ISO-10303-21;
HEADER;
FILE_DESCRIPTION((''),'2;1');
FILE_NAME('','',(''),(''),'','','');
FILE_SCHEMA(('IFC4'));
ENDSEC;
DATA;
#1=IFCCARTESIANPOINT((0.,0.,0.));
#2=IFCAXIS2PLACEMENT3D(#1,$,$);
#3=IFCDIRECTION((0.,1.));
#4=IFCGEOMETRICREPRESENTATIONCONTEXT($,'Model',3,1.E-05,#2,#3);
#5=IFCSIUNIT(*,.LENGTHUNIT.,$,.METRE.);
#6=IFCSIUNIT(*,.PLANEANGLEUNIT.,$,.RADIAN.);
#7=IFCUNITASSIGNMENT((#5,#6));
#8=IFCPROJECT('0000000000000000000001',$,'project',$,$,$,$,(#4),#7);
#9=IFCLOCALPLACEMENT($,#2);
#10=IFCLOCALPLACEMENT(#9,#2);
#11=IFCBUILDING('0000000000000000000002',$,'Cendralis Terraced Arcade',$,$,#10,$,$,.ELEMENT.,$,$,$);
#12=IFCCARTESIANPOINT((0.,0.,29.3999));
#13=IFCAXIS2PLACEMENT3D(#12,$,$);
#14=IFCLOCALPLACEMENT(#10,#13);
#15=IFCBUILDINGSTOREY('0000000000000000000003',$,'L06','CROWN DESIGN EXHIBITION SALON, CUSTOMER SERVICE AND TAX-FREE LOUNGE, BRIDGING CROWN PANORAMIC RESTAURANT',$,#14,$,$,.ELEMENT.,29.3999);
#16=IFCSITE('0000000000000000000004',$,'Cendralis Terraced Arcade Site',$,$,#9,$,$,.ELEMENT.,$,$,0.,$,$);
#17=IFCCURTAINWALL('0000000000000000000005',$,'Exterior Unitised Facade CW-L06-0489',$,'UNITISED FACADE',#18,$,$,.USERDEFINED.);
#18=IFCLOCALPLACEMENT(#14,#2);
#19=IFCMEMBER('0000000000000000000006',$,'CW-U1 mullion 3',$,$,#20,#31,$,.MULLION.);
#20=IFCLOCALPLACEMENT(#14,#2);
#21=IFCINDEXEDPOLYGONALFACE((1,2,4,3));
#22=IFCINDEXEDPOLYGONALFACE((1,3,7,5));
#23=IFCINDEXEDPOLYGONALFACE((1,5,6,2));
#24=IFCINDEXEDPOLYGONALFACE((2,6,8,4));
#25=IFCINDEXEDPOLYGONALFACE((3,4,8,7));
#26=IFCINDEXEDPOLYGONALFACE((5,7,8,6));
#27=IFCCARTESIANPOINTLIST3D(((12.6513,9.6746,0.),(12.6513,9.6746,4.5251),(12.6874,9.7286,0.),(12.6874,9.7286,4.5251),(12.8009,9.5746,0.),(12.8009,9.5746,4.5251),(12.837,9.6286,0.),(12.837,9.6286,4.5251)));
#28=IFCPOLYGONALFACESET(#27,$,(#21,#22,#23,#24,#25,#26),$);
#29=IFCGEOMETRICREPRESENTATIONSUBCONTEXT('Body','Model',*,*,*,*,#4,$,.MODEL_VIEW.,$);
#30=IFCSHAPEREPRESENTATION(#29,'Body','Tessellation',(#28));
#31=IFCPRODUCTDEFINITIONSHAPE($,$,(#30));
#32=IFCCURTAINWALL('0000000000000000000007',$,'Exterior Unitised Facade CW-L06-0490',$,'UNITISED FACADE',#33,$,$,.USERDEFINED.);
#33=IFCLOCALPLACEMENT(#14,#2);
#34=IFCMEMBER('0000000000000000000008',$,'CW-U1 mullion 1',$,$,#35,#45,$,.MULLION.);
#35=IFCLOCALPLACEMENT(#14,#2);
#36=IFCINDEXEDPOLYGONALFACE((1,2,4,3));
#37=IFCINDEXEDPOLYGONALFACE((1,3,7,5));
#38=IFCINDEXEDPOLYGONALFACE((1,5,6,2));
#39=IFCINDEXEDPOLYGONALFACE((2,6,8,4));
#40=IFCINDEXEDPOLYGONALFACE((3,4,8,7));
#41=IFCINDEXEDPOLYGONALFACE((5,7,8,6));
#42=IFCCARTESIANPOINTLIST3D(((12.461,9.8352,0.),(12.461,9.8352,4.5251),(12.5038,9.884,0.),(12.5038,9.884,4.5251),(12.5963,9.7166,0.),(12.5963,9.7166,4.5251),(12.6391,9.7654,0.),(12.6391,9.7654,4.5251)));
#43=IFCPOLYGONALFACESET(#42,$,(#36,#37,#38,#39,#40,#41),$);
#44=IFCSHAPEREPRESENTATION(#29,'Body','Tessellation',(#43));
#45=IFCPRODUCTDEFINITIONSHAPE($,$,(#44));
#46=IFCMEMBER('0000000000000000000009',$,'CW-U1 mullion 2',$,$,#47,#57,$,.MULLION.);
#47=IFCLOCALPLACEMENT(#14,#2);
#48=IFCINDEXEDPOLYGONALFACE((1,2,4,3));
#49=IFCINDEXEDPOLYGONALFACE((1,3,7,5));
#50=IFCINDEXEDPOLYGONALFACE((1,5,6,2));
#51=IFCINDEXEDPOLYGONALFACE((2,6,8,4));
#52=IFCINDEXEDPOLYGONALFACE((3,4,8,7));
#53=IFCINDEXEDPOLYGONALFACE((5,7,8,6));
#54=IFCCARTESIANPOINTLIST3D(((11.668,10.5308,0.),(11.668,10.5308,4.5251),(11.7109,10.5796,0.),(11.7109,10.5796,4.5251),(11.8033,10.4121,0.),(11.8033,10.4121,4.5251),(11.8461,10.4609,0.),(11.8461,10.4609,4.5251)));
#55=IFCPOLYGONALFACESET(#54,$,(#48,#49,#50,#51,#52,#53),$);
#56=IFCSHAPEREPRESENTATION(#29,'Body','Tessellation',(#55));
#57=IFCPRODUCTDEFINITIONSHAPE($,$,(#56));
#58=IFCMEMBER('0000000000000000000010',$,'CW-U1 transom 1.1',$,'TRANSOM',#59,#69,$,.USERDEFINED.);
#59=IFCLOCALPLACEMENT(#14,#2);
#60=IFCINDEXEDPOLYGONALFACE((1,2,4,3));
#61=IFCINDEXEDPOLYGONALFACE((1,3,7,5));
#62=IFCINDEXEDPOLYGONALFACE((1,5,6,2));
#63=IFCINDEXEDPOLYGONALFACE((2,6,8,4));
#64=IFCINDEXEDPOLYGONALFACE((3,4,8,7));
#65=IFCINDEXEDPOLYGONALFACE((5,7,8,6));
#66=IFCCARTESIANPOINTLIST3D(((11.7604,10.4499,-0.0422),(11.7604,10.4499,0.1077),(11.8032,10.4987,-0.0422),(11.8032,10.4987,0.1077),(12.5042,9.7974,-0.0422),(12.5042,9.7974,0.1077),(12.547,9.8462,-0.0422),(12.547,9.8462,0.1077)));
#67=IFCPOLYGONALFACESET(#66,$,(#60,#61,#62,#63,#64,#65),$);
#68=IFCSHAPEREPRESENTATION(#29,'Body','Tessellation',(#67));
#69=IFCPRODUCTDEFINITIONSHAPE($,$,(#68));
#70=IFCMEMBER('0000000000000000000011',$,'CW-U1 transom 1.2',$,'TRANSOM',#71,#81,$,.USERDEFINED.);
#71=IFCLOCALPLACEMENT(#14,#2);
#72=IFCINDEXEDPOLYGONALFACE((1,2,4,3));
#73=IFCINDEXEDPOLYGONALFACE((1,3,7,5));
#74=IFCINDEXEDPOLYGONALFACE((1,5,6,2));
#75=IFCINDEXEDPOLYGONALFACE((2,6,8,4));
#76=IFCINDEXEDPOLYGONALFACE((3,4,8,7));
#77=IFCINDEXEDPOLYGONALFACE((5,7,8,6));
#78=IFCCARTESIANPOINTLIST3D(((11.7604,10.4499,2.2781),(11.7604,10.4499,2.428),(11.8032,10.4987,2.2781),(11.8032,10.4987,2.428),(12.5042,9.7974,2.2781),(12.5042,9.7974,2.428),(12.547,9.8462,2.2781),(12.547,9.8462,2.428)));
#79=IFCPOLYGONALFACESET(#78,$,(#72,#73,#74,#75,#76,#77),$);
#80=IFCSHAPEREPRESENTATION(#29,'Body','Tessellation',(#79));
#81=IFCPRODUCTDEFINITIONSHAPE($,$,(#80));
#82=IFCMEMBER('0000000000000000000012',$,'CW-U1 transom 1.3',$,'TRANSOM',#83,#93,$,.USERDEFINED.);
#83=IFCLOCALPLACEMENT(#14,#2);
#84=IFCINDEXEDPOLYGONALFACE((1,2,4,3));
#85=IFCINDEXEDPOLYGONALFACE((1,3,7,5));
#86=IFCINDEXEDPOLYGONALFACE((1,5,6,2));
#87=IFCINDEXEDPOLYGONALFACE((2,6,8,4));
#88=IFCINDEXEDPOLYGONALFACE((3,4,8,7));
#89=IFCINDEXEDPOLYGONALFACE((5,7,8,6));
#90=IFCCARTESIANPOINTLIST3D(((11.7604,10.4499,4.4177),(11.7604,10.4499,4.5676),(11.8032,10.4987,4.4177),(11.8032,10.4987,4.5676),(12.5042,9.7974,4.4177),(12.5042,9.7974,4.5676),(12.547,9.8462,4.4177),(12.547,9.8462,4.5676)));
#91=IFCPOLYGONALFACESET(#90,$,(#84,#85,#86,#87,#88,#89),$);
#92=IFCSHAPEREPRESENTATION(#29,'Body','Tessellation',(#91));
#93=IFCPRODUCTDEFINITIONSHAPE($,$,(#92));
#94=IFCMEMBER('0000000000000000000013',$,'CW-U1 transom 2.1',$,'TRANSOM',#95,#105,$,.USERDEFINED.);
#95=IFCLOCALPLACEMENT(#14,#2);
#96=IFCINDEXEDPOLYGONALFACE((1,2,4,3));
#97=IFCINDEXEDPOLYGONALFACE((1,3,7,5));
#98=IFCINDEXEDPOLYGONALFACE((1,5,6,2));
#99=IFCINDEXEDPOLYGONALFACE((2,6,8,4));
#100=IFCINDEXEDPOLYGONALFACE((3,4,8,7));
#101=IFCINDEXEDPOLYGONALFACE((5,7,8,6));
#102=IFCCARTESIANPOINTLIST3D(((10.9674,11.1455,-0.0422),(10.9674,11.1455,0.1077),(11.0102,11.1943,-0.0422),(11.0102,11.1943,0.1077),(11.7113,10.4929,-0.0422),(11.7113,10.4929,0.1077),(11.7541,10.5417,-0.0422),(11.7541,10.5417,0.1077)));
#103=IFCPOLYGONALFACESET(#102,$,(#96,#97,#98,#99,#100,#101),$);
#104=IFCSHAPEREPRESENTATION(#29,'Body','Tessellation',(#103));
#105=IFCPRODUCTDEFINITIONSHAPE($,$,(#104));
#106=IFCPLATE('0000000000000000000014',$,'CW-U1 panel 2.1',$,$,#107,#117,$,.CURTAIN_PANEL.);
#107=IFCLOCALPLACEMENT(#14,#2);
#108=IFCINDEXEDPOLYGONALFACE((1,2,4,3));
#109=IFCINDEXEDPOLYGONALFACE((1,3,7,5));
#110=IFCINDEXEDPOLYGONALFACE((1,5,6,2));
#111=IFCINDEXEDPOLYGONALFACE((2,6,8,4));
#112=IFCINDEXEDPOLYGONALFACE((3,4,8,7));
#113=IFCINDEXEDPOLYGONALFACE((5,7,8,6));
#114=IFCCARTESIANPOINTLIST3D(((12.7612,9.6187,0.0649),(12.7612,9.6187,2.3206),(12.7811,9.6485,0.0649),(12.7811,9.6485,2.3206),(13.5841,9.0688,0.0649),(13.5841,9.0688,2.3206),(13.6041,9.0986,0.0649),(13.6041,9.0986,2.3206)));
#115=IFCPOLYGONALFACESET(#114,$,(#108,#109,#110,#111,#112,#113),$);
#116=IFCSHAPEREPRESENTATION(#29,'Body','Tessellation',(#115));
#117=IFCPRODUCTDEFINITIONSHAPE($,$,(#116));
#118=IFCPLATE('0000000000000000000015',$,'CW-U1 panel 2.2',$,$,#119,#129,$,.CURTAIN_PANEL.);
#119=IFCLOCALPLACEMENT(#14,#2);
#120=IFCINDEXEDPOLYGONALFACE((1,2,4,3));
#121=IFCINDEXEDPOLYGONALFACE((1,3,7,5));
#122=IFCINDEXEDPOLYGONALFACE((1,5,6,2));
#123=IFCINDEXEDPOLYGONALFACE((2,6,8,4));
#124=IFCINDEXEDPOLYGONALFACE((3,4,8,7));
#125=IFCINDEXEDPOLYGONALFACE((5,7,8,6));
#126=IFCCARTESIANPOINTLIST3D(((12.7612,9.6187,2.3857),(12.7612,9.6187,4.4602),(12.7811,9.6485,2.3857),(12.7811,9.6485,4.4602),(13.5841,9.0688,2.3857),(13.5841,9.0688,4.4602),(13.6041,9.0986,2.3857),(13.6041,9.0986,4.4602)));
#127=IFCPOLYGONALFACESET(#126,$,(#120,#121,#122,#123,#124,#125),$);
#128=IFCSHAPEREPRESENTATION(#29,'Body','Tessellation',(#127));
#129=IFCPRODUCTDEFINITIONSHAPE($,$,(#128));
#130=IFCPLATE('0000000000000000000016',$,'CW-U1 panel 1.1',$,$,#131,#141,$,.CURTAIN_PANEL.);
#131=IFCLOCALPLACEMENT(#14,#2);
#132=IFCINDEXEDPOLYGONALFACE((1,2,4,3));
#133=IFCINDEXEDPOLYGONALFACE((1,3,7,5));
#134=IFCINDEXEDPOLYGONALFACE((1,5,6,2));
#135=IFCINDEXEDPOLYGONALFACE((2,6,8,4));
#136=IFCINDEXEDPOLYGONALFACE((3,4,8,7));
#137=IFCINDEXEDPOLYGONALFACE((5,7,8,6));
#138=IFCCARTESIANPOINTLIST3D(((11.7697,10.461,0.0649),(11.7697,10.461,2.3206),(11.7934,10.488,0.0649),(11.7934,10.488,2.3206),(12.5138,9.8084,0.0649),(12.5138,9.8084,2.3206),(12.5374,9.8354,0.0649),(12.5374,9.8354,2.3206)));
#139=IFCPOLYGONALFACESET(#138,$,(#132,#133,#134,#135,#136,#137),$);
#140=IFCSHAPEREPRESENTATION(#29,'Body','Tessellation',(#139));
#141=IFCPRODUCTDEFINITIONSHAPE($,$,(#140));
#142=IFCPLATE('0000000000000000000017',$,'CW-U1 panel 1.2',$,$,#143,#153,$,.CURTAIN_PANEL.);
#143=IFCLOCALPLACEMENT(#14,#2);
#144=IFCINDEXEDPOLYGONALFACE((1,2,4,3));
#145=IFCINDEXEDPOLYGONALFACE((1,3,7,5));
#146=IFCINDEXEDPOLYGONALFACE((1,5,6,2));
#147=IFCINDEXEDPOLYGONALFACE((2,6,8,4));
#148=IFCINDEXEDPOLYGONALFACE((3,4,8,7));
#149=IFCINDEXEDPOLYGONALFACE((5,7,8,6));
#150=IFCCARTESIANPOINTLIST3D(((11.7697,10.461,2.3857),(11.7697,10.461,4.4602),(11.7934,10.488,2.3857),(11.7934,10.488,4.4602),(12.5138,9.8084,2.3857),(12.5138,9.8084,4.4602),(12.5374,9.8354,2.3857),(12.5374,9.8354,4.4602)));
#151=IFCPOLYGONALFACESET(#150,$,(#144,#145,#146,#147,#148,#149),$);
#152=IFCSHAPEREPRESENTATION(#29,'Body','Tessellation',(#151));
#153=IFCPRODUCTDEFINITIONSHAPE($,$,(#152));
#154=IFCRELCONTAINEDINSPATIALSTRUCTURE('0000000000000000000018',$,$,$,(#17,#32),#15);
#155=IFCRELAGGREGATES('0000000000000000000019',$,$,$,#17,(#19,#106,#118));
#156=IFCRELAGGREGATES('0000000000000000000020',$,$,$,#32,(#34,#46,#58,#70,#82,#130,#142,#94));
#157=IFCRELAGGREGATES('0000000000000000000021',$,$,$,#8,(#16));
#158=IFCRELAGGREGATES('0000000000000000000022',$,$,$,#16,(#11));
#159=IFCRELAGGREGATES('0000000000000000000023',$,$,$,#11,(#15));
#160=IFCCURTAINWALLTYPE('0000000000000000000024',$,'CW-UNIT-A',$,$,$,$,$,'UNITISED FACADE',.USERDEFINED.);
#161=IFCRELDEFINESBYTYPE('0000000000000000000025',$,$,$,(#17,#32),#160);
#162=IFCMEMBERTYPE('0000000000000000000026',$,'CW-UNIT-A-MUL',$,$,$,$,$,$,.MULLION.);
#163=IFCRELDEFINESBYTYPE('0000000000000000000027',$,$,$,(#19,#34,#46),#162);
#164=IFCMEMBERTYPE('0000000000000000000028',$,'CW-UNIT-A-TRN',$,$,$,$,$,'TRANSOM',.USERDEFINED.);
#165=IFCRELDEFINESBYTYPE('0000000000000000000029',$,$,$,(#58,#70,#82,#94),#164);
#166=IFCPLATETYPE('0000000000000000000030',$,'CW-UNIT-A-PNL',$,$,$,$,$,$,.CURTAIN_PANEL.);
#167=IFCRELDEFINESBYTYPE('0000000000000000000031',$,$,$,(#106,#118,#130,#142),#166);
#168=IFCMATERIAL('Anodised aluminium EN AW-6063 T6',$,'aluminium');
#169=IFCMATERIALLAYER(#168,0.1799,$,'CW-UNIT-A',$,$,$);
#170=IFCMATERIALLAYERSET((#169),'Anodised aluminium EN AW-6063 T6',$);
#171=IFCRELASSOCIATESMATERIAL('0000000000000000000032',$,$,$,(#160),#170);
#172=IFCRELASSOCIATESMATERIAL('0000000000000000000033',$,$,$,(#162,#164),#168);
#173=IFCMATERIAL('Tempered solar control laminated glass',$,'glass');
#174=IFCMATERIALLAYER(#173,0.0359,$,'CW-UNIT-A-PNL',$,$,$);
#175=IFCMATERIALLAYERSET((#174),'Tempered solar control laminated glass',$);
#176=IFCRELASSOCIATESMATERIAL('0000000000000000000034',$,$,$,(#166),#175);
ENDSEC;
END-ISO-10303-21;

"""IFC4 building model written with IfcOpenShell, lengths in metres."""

from ifc_helpers import new_model, si_unit, direction, frame, origin, origin_2d, place, context, subcontext, project, spatial, rectangle, extrude, material, layer, layer_set, material_profile, profile_set, type_object, element, aggregate, save


model = new_model("IFC4")

# Units and contexts
model_context = context("Model", 3, precision=1e-05, world=origin(), true_north=direction((0.0, 1.0)))
body_context = subcontext(model_context, "Body", "Model", "MODEL_VIEW")
ifc_project = project(units=[si_unit("LENGTHUNIT", "METRE"), si_unit("PLANEANGLEUNIT", "RADIAN")], contexts=[model_context])

# Site, building, storey
site_placement = place(None, origin())
site = spatial("IfcSite", under=ifc_project, at=site_placement, Name="Cendralis Terraced Arcade Site", CompositionType="ELEMENT", RefElevation=0.0)
building_placement = place(site_placement, origin())
building = spatial("IfcBuilding", under=site, at=building_placement, Name="Cendralis Terraced Arcade", CompositionType="ELEMENT")
storey_placement = place(building_placement, frame((0.0, 0.0, 29.3999)))
storey = spatial("IfcBuildingStorey", under=building, at=storey_placement, Name="L06", Description="CROWN DESIGN EXHIBITION SALON, CUSTOMER SERVICE AND TAX-FREE LOUNGE, BRIDGING CROWN PANORAMIC RESTAURANT", CompositionType="ELEMENT", Elevation=29.3999)

# Curtain wall, member
ifc_material_1 = material(Name="Anodised aluminium EN AW-6063 T6", Category="aluminium")
ifc_layer_1 = layer(ifc_material_1, 0.1799, Name="CW-UNIT-A")
ifc_layer_set_1 = layer_set([ifc_layer_1], Name="Anodised aluminium EN AW-6063 T6")
curtain_wall_type = type_object("IfcCurtainWallType", Name="CW-UNIT-A", ElementType="UNITISED FACADE", PredefinedType="USERDEFINED", material=ifc_layer_set_1)
curtain_wall_1_placement = place(storey_placement, origin())
curtain_wall_1 = element("IfcCurtainWall", 1, at=curtain_wall_1_placement, inside=storey, type_object=curtain_wall_type, Name="Exterior Unitised Facade CW-L06-0489", ObjectType="UNITISED FACADE", PredefinedType="USERDEFINED")
ifc_material_profile_1 = material_profile(ifc_material_1, rectangle(XDim=0.0649, YDim=0.1799, at=origin_2d()), Name="ALU-MUL-65x180")
ifc_profile_set_1 = profile_set([ifc_material_profile_1], Name="Anodised aluminium EN AW-6063 T6")
member_type_1 = type_object("IfcMemberType", Name="CW-UNIT-A-MUL", PredefinedType="MULLION", material=ifc_profile_set_1)
member_1_placement = place(storey_placement, frame((12.7441, 9.6516, 0.0), z_axis=(0.0, 0.0, 1.0), x_axis=(-0.555559, -0.831477, 0.0)))
member_1 = element("IfcMember", 2, at=member_1_placement, type_object=member_type_1, Name="CW-U1 mullion 3", PredefinedType="MULLION", context=body_context, shape_type="SweptSolid", body=[
    extrude(rectangle(XDim=0.0649, YDim=0.1799, at=origin_2d()), origin(), (0.0, 0.0, 1.0), 4.5251),
])

# Curtain wall, members
curtain_wall_2_placement = place(storey_placement, origin())
curtain_wall_2 = element("IfcCurtainWall", 3, at=curtain_wall_2_placement, inside=storey, type_object=curtain_wall_type, Name="Exterior Unitised Facade CW-L06-0490", ObjectType="UNITISED FACADE", PredefinedType="USERDEFINED")
member_2_placement = place(storey_placement, frame((12.55, 9.8003, 0.0), z_axis=(0.0, 0.0, 1.0), x_axis=(-0.659403, -0.75179, 0.0)))
member_2 = element("IfcMember", 4, at=member_2_placement, type_object=member_type_1, Name="CW-U1 mullion 1", PredefinedType="MULLION", context=body_context, shape_type="SweptSolid", body=[
    extrude(rectangle(XDim=0.0649, YDim=0.1799, at=origin_2d()), origin(), (0.0, 0.0, 1.0), 4.5251),
])
member_3_placement = place(storey_placement, frame((11.7571, 10.4958, 0.0), z_axis=(0.0, 0.0, 1.0), x_axis=(-0.659403, -0.75179, 0.0)))
member_3 = element("IfcMember", 5, at=member_3_placement, type_object=member_type_1, Name="CW-U1 mullion 2", PredefinedType="MULLION", context=body_context, shape_type="SweptSolid", body=[
    extrude(rectangle(XDim=0.0649, YDim=0.1799, at=origin_2d()), origin(), (0.0, 0.0, 1.0), 4.5251),
])
ifc_material_profile_2 = material_profile(ifc_material_1, rectangle(XDim=0.0649, YDim=0.1499, at=origin_2d()), Name="ALU-TRN-65x150")
ifc_profile_set_2 = profile_set([ifc_material_profile_2], Name="Anodised aluminium EN AW-6063 T6")
member_type_2 = type_object("IfcMemberType", Name="CW-UNIT-A-TRN", ElementType="TRANSOM", PredefinedType="USERDEFINED", material=ifc_profile_set_2)
member_4_placement = place(storey_placement, frame((12.5256, 9.8218, 0.0327), z_axis=(-0.751736, 0.659465, 0.0), x_axis=(-0.659465, -0.751736, 0.0)))
member_4 = element("IfcMember", 6, at=member_4_placement, type_object=member_type_2, Name="CW-U1 transom 1.1", ObjectType="TRANSOM", PredefinedType="USERDEFINED", context=body_context, shape_type="SweptSolid", body=[
    extrude(rectangle(XDim=0.0649, YDim=0.1499, at=origin_2d()), origin(), (0.0, 0.0, 1.0), 0.9895),
])
member_5_placement = place(storey_placement, frame((12.5256, 9.8218, 2.353), z_axis=(-0.751736, 0.659465, 0.0), x_axis=(-0.659465, -0.751736, 0.0)))
member_5 = element("IfcMember", 7, at=member_5_placement, type_object=member_type_2, Name="CW-U1 transom 1.2", ObjectType="TRANSOM", PredefinedType="USERDEFINED", context=body_context, shape_type="SweptSolid", body=[
    extrude(rectangle(XDim=0.0649, YDim=0.1499, at=origin_2d()), origin(), (0.0, 0.0, 1.0), 0.9895),
])
member_6_placement = place(storey_placement, frame((12.5256, 9.8218, 4.4927), z_axis=(-0.751736, 0.659465, 0.0), x_axis=(-0.659465, -0.751736, 0.0)))
member_6 = element("IfcMember", 8, at=member_6_placement, type_object=member_type_2, Name="CW-U1 transom 1.3", ObjectType="TRANSOM", PredefinedType="USERDEFINED", context=body_context, shape_type="SweptSolid", body=[
    extrude(rectangle(XDim=0.0649, YDim=0.1499, at=origin_2d()), origin(), (0.0, 0.0, 1.0), 0.9895),
])
member_7_placement = place(storey_placement, frame((11.7327, 10.5173, 0.0327), z_axis=(-0.751736, 0.659465, 0.0), x_axis=(-0.659465, -0.751736, 0.0)))
member_7 = element("IfcMember", 9, at=member_7_placement, type_object=member_type_2, Name="CW-U1 transom 2.1", ObjectType="TRANSOM", PredefinedType="USERDEFINED", context=body_context, shape_type="SweptSolid", body=[
    extrude(rectangle(XDim=0.0649, YDim=0.1499, at=origin_2d()), origin(), (0.0, 0.0, 1.0), 0.9895),
])

# Plates
ifc_material_2 = material(Name="Tempered solar control laminated glass", Category="glass")
ifc_layer_2 = layer(ifc_material_2, 0.0359, Name="CW-UNIT-A-PNL")
ifc_layer_set_2 = layer_set([ifc_layer_2], Name="Tempered solar control laminated glass")
plate_type = type_object("IfcPlateType", Name="CW-UNIT-A-PNL", PredefinedType="CURTAIN_PANEL", material=ifc_layer_set_2)
plate_1_placement = place(storey_placement, frame((13.1826, 9.3586, 0.0649), z_axis=(0.0, 0.0, 1.0), x_axis=(-0.831477, 0.555559, 0.0)))
plate_1 = element("IfcPlate", 10, at=plate_1_placement, type_object=plate_type, Name="CW-U1 panel 2.1", PredefinedType="CURTAIN_PANEL", context=body_context, shape_type="SweptSolid", body=[
    extrude(rectangle(XDim=0.9897, YDim=0.0359, at=origin_2d()), origin(), (0.0, 0.0, 1.0), 2.2556),
])
plate_2_placement = place(storey_placement, frame((13.1826, 9.3586, 2.3857), z_axis=(0.0, 0.0, 1.0), x_axis=(-0.831477, 0.555559, 0.0)))
plate_2 = element("IfcPlate", 11, at=plate_2_placement, type_object=plate_type, Name="CW-U1 panel 2.2", PredefinedType="CURTAIN_PANEL", context=body_context, shape_type="SweptSolid", body=[
    extrude(rectangle(XDim=0.9897, YDim=0.0359, at=origin_2d()), origin(), (0.0, 0.0, 1.0), 2.0745),
])
aggregate(curtain_wall_1, [member_1, plate_1, plate_2])
plate_3_placement = place(storey_placement, frame((12.1536, 10.1482, 0.0649), z_axis=(0.0, 0.0, 1.0), x_axis=(-0.75179, 0.659403, 0.0)))
plate_3 = element("IfcPlate", 12, at=plate_3_placement, type_object=plate_type, Name="CW-U1 panel 1.1", PredefinedType="CURTAIN_PANEL", context=body_context, shape_type="SweptSolid", body=[
    extrude(rectangle(XDim=0.9897, YDim=0.0359, at=origin_2d()), origin(), (0.0, 0.0, 1.0), 2.2556),
])
plate_4_placement = place(storey_placement, frame((12.1536, 10.1482, 2.3857), z_axis=(0.0, 0.0, 1.0), x_axis=(-0.75179, 0.659403, 0.0)))
plate_4 = element("IfcPlate", 13, at=plate_4_placement, type_object=plate_type, Name="CW-U1 panel 1.2", PredefinedType="CURTAIN_PANEL", context=body_context, shape_type="SweptSolid", body=[
    extrude(rectangle(XDim=0.9897, YDim=0.0359, at=origin_2d()), origin(), (0.0, 0.0, 1.0), 2.0745),
])
aggregate(curtain_wall_2, [member_2, member_3, member_4, member_5, member_6, plate_3, plate_4, member_7])

save(model, "model.ifc")
